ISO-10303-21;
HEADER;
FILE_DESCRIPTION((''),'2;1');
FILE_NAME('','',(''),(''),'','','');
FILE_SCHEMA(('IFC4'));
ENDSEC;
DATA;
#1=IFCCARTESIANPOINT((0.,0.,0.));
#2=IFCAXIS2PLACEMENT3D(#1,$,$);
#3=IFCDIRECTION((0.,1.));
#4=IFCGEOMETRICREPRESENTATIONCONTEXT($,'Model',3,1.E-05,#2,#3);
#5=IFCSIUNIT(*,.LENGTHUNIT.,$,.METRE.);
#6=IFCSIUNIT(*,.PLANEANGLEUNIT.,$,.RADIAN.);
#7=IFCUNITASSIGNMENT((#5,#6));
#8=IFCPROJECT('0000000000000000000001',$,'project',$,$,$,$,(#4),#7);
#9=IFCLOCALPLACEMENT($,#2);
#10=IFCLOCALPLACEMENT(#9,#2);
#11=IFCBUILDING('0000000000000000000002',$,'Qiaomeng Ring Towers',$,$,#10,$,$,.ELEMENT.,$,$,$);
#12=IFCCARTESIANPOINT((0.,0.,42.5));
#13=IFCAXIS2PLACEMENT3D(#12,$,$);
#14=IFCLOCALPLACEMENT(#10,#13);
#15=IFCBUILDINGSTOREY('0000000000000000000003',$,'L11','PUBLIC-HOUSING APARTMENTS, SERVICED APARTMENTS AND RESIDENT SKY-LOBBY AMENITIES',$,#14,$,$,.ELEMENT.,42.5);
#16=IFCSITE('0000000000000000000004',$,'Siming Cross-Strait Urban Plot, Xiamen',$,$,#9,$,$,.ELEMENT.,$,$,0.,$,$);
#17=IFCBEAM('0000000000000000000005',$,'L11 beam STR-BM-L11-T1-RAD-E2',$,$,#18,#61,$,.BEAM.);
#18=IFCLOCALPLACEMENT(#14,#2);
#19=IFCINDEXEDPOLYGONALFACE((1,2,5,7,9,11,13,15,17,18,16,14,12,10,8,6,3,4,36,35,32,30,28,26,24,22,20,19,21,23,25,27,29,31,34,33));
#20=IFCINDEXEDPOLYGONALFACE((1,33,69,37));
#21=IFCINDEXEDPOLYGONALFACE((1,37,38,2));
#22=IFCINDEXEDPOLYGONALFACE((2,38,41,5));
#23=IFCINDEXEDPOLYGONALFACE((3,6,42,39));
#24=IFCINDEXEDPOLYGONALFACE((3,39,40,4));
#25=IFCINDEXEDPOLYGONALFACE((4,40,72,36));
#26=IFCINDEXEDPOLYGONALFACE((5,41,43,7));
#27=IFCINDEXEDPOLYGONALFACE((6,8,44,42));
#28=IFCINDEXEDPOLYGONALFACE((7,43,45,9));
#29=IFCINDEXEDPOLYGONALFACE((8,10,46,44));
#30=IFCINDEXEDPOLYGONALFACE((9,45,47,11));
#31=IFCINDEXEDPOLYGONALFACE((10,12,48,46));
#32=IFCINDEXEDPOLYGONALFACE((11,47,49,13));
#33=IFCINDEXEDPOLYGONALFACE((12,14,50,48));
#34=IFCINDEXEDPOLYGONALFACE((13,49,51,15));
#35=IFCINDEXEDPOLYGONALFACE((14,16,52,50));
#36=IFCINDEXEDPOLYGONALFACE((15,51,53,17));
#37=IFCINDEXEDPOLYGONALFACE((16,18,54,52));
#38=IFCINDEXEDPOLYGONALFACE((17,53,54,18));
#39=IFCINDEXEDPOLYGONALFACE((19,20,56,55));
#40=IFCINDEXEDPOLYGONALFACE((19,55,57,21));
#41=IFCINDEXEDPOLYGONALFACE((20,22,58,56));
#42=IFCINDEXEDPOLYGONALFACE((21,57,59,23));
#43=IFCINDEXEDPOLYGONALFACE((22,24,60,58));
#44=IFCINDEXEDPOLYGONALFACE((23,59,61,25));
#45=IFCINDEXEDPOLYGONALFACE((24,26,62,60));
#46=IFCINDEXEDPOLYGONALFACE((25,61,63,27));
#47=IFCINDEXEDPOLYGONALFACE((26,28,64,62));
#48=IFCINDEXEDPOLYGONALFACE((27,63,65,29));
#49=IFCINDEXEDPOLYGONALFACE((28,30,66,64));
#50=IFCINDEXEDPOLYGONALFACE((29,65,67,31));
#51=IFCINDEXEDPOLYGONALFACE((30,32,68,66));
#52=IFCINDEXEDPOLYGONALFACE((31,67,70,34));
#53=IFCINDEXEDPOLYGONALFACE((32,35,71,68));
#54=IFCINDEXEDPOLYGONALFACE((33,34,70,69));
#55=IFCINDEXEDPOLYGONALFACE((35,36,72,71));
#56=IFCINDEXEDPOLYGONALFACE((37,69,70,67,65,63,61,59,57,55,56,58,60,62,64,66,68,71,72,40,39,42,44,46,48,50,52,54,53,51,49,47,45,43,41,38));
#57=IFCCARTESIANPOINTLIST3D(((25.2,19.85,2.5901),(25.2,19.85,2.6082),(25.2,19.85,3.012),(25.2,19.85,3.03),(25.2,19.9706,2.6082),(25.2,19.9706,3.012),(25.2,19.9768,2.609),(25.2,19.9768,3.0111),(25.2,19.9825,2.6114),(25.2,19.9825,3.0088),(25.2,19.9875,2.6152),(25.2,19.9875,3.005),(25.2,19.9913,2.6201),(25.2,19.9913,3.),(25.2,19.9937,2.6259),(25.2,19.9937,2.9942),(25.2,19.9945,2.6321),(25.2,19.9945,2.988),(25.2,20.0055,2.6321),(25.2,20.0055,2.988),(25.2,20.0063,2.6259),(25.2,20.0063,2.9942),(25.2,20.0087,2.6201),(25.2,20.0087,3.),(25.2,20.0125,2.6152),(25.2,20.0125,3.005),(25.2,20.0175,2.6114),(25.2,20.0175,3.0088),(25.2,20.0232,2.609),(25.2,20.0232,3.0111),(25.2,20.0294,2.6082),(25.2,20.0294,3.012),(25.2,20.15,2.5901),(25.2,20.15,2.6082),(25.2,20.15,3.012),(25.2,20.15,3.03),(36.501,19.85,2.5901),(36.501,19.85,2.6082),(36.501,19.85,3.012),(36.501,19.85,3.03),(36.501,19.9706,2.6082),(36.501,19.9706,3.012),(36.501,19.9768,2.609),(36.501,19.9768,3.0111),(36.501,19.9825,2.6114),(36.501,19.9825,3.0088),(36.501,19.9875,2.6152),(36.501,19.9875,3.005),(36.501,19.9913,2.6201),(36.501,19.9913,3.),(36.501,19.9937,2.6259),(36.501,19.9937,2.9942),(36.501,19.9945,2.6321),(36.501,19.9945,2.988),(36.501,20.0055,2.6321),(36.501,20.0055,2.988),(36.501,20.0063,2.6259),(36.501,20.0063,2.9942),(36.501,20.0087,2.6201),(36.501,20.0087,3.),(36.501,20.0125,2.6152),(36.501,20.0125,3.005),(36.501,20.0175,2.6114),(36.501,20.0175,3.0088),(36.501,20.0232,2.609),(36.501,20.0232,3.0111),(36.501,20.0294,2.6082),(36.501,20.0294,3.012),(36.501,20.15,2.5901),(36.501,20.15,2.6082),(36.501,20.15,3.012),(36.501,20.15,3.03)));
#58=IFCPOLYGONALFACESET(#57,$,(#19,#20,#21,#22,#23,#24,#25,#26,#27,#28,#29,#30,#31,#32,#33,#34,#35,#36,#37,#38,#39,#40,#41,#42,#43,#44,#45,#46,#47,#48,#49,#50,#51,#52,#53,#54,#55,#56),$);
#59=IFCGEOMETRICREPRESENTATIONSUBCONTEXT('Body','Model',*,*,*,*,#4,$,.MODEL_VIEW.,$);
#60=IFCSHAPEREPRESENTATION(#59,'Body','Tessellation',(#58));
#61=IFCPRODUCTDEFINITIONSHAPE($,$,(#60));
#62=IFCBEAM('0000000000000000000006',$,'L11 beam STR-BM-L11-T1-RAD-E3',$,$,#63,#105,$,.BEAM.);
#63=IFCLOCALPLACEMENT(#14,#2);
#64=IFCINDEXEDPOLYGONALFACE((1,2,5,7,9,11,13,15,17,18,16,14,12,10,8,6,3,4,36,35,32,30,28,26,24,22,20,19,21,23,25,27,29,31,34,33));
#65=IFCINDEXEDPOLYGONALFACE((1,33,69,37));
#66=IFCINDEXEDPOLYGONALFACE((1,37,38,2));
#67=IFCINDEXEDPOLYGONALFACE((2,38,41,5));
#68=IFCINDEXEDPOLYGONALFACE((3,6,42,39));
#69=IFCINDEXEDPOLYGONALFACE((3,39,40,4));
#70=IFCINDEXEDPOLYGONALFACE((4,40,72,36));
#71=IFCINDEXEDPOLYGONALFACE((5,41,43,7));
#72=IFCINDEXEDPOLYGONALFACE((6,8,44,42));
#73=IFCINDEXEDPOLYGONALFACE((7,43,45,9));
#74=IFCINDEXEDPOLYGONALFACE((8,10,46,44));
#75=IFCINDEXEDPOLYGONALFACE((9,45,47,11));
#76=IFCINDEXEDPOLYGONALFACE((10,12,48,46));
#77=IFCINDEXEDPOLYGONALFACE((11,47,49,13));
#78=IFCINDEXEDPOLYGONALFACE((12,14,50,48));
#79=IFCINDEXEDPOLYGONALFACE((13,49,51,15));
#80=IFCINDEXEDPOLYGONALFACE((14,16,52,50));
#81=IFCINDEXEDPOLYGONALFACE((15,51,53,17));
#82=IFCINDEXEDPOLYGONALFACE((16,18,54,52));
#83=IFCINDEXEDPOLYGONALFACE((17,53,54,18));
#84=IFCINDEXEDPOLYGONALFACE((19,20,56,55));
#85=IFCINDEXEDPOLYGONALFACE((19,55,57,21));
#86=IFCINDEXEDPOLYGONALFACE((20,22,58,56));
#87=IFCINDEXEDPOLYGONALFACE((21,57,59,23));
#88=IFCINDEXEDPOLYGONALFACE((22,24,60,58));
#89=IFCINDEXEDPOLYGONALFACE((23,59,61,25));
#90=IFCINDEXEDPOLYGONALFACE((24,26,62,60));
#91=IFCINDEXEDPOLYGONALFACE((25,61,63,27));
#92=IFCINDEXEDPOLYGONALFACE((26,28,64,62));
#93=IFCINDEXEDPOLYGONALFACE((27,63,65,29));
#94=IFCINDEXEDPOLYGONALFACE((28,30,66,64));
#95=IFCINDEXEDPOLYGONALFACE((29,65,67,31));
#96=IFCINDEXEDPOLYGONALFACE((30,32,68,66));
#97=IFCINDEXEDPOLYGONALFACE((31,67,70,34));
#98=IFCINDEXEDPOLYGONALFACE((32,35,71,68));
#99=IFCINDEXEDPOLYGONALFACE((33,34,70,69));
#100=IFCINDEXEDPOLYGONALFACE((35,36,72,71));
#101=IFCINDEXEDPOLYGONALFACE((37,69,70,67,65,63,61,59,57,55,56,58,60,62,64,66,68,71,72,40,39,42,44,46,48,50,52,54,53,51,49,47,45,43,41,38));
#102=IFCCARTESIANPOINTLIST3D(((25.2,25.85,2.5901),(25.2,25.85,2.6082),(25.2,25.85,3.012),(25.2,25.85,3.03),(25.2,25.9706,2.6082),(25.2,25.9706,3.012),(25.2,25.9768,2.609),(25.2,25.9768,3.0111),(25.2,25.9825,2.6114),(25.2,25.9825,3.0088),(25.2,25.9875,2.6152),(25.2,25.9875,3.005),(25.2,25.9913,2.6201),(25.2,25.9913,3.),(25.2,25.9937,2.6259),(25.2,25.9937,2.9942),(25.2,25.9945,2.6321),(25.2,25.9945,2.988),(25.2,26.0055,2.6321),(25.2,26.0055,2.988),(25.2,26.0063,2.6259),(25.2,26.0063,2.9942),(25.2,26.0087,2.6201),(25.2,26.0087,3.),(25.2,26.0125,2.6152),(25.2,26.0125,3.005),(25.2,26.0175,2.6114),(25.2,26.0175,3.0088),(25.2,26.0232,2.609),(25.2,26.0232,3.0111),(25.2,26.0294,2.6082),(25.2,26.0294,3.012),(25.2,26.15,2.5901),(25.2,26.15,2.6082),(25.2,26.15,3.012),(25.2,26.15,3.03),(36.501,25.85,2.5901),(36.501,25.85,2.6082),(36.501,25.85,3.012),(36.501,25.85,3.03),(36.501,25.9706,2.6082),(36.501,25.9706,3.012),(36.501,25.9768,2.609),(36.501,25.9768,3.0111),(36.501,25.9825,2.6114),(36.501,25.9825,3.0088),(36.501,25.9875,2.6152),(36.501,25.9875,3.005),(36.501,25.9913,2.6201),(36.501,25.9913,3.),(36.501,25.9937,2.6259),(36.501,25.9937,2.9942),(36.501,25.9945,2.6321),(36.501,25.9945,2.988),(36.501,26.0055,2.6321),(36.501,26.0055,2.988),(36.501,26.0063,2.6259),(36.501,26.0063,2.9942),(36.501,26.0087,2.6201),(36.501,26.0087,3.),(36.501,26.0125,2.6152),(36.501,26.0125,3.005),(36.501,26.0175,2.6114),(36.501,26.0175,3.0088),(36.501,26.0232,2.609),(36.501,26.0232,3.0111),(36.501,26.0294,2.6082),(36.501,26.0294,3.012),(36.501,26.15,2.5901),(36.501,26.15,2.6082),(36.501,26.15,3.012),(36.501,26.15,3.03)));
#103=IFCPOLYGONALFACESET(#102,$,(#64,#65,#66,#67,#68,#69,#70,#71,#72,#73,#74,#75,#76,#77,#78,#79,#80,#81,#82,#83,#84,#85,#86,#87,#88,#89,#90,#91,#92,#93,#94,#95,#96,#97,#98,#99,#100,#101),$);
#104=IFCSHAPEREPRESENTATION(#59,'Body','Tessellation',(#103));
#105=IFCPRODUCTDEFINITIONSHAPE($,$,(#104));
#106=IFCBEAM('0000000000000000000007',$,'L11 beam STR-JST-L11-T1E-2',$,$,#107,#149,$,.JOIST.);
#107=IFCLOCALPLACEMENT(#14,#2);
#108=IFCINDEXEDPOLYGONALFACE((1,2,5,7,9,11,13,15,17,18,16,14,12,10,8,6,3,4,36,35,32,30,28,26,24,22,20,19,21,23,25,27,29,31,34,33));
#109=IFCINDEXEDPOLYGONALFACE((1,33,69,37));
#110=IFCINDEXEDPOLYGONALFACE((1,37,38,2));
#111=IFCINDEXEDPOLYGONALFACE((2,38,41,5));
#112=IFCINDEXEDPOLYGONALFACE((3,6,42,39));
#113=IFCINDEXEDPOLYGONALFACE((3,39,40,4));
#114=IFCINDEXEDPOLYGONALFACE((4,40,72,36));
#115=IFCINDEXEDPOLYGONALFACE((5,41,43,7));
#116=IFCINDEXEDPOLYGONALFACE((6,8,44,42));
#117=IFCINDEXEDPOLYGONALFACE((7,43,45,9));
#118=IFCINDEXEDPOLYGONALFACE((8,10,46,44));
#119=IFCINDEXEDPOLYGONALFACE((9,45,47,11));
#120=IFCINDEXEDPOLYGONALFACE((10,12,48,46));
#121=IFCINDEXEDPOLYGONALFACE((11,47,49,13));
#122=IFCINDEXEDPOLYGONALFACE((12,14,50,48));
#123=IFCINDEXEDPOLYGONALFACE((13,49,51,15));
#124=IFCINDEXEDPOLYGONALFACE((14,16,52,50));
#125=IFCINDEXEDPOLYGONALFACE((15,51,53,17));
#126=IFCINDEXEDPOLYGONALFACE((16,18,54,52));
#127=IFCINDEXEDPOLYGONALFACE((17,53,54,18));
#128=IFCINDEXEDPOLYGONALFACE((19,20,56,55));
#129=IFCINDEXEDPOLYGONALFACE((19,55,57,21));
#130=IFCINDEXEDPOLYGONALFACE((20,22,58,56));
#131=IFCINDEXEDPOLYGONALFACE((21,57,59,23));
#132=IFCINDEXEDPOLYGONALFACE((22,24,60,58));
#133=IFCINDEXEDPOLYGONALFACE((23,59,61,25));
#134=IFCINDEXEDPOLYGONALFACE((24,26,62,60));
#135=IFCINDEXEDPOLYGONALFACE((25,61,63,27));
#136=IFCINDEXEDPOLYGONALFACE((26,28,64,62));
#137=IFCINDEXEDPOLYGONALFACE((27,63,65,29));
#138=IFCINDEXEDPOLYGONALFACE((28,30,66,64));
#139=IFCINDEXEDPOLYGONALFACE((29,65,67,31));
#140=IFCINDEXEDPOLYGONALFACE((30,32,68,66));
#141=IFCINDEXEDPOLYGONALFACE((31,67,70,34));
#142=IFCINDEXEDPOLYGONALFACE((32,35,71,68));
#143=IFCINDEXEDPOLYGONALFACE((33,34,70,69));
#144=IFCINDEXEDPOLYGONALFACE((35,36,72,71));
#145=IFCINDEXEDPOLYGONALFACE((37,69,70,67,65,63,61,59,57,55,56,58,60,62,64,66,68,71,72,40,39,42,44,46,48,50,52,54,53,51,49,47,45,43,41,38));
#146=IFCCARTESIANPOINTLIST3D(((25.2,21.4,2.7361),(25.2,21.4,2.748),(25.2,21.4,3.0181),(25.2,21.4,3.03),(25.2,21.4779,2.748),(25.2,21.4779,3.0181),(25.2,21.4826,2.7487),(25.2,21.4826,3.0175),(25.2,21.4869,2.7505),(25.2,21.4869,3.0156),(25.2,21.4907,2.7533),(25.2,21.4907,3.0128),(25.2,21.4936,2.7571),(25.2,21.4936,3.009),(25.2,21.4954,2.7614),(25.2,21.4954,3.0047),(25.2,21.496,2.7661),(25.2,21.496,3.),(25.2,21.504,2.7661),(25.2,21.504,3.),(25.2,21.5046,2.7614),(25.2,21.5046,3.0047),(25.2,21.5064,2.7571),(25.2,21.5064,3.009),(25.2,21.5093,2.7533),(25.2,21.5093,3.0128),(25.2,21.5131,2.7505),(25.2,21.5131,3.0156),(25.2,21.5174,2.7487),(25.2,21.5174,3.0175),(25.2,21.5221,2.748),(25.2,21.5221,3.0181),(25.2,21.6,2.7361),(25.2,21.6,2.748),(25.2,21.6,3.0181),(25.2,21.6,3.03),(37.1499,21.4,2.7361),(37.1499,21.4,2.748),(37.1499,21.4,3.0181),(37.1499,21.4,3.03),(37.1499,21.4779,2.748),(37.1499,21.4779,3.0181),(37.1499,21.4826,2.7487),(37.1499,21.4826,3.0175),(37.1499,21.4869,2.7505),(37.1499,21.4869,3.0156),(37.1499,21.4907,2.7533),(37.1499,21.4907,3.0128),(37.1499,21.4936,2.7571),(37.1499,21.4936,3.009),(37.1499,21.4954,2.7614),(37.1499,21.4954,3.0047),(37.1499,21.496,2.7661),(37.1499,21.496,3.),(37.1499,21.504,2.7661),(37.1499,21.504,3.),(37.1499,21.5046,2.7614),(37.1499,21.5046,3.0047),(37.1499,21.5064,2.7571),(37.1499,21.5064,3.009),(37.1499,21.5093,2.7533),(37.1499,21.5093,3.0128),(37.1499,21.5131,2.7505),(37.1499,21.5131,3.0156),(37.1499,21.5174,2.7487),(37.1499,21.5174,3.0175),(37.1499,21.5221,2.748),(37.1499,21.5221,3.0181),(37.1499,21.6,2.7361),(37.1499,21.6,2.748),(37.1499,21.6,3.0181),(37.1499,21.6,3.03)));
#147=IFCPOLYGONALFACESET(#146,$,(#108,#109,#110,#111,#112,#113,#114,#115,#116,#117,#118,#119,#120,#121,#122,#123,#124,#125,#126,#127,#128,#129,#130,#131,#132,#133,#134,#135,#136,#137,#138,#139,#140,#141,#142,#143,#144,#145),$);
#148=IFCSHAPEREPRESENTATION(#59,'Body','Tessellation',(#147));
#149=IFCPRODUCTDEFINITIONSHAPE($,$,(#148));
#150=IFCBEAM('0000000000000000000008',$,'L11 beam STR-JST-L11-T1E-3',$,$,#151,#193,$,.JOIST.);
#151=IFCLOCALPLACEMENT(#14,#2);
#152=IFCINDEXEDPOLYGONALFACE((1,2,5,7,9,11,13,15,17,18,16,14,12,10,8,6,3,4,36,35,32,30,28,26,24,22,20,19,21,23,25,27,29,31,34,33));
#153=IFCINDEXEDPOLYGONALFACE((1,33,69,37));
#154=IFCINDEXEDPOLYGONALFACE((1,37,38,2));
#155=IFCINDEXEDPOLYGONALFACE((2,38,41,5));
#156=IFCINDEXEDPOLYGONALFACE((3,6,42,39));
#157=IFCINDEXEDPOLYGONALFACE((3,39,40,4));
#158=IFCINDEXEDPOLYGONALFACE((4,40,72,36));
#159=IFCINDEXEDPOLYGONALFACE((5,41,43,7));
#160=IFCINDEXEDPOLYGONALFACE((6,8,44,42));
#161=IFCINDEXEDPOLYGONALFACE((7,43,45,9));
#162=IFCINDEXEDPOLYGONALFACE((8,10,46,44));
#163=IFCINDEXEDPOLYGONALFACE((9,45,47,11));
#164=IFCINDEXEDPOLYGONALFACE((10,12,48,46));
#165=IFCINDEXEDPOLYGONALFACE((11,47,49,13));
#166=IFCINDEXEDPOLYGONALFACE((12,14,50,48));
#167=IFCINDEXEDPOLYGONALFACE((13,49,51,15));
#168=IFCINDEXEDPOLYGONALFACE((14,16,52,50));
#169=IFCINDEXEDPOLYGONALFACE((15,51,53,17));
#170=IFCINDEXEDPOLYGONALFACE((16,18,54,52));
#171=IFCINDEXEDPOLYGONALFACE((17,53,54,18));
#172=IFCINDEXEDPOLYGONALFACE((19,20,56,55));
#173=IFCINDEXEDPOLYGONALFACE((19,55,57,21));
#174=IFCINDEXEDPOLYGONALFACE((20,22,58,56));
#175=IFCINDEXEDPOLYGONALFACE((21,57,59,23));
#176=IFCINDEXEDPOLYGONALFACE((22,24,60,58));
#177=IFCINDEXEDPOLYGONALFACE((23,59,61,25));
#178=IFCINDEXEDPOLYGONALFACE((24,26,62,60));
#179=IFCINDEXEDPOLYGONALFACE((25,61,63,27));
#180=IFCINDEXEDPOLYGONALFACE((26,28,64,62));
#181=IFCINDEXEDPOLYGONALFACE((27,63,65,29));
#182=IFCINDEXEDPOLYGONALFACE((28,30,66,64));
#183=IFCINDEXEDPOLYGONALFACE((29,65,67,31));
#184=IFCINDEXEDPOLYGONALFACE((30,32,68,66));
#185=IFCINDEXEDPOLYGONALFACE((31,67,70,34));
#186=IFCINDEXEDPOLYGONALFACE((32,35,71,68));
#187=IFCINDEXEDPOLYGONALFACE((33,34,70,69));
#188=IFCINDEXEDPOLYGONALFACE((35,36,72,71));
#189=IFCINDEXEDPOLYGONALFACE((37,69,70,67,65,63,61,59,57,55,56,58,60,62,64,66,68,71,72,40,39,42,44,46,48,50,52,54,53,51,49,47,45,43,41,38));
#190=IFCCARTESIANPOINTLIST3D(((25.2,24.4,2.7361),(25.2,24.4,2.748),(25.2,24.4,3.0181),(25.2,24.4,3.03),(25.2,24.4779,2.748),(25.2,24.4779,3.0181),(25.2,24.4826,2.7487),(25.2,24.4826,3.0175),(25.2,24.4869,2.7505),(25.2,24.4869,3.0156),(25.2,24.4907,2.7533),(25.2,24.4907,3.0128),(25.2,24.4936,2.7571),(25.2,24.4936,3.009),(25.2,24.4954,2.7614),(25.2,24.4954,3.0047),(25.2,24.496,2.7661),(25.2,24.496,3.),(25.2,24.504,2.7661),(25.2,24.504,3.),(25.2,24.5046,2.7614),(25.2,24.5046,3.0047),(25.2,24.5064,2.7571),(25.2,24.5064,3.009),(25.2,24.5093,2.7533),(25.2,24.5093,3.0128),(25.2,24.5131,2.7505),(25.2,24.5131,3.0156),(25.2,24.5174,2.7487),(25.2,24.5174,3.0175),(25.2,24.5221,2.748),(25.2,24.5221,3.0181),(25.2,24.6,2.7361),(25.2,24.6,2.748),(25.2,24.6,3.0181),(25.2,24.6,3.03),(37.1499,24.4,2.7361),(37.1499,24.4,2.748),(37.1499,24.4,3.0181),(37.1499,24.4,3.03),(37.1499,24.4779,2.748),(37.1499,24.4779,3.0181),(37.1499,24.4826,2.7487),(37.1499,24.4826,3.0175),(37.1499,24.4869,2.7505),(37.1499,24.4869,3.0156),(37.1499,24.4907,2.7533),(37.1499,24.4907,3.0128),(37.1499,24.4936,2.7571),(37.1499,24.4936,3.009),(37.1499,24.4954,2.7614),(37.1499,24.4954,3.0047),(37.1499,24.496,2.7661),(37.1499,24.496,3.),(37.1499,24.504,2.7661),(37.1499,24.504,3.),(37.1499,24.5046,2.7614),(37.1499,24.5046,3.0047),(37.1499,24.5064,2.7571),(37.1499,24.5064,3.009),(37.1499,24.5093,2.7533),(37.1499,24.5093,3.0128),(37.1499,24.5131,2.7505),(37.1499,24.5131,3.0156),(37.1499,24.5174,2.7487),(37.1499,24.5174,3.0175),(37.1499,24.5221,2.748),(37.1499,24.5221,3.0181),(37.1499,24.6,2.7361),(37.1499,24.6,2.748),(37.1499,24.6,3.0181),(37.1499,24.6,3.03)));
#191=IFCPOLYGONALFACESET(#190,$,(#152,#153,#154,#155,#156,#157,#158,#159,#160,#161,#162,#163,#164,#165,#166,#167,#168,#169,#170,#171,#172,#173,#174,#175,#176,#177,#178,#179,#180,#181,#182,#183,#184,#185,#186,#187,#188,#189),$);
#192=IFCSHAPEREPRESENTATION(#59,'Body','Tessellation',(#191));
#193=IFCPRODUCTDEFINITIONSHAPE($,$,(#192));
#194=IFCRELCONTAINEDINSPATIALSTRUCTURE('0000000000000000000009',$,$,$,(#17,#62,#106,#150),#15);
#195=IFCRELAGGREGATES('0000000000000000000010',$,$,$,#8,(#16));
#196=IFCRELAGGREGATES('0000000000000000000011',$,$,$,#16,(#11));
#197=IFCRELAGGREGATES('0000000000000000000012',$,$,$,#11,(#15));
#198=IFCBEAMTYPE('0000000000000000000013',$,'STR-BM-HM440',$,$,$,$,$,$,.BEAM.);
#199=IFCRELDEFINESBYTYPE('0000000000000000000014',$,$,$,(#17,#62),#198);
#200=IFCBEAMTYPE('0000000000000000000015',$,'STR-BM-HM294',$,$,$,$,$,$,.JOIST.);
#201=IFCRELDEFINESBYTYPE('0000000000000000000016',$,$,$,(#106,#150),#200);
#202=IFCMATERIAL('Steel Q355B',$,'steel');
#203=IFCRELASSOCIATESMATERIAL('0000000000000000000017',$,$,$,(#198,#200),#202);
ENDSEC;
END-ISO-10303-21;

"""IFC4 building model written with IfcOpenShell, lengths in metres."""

from ifc_helpers import new_model, si_unit, direction, frame, origin, origin_2d, place, context, subcontext, project, spatial, i_section, extrude, source, transform, mapped, material, material_profile, profile_set, type_object, element, save


model = new_model("IFC4")

# Units and contexts
model_context = context("Model", 3, precision=1e-05, world=origin(), true_north=direction((0.0, 1.0)))
body_context = subcontext(model_context, "Body", "Model", "MODEL_VIEW")
ifc_project = project(units=[si_unit("LENGTHUNIT", "METRE"), si_unit("PLANEANGLEUNIT", "RADIAN")], contexts=[model_context])

# Site, building, storey
site_placement = place(None, origin())
site = spatial("IfcSite", under=ifc_project, at=site_placement, Name="Siming Cross-Strait Urban Plot, Xiamen", CompositionType="ELEMENT", RefElevation=0.0)
building_placement = place(site_placement, origin())
building = spatial("IfcBuilding", under=site, at=building_placement, Name="Qiaomeng Ring Towers", CompositionType="ELEMENT")
storey_placement = place(building_placement, frame((0.0, 0.0, 42.5)))
storey = spatial("IfcBuildingStorey", under=building, at=storey_placement, Name="L11", Description="PUBLIC-HOUSING APARTMENTS, SERVICED APARTMENTS AND RESIDENT SKY-LOBBY AMENITIES", CompositionType="ELEMENT", Elevation=42.5)

# Beams
ifc_material_1 = material(Name="Steel Q355B", Category="steel")
ifc_material_profile_1 = material_profile(ifc_material_1, i_section(OverallWidth=0.3, OverallDepth=0.4399, WebThickness=0.011, FlangeThickness=0.0181, FilletRadius=0.0239, at=origin_2d()), Name="HM 440x300x11x18")
ifc_profile_set_1 = profile_set([ifc_material_profile_1], Name="Steel Q355B")
beam_type_1 = type_object("IfcBeamType", Name="STR-BM-HM440", PredefinedType="BEAM", material=ifc_profile_set_1)
shared_shape_1 = source(origin(), body_context, "Body", "SweptSolid", [
    extrude(i_section(OverallWidth=0.3, OverallDepth=0.4399, WebThickness=0.011, FlangeThickness=0.0181, FilletRadius=0.0239, at=origin_2d()), origin(), (0.0, 0.0, 1.0), 11.301),
])
for number, where, z_axis, x_axis, name in (
    (1, (25.2, 20.0, 2.8101), (1.0, 0.0, 0.0), (0.0, 1.0, 0.0), "L11 beam STR-BM-L11-T1-RAD-E2"),
    (2, (25.2, 26.0, 2.8101), (1.0, 0.0, 0.0), (0.0, 1.0, 0.0), "L11 beam STR-BM-L11-T1-RAD-E3"),
):
    element("IfcBeam", number, at=place(storey_placement, frame(where, z_axis=z_axis, x_axis=x_axis)), inside=storey, type_object=beam_type_1, Name=name, PredefinedType="BEAM", context=body_context, shape_type="MappedRepresentation", body=[
        mapped(shared_shape_1, transform((0.0, 0.0, 0.0), x_axis=(1.0, 0.0, 0.0), y_axis=(0.0, 1.0, 0.0), z_axis=(0.0, 0.0, 1.0), scale=1.0)),
    ])
ifc_material_profile_2 = material_profile(ifc_material_1, i_section(OverallWidth=0.2, OverallDepth=0.2939, WebThickness=0.0081, FlangeThickness=0.012, FilletRadius=0.0181, at=origin_2d()), Name="HM 294x200x8x12")
ifc_profile_set_2 = profile_set([ifc_material_profile_2], Name="Steel Q355B")
beam_type_2 = type_object("IfcBeamType", Name="STR-BM-HM294", PredefinedType="JOIST", material=ifc_profile_set_2)
shared_shape_2 = source(origin(), body_context, "Body", "SweptSolid", [
    extrude(i_section(OverallWidth=0.2, OverallDepth=0.2939, WebThickness=0.0081, FlangeThickness=0.012, FilletRadius=0.0181, at=origin_2d()), origin(), (0.0, 0.0, 1.0), 11.95),
])
for number, where, z_axis, x_axis, name in (
    (3, (25.2, 21.5, 2.8831), (1.0, 0.0, 0.0), (0.0, 1.0, 0.0), "L11 beam STR-JST-L11-T1E-2"),
    (4, (25.2, 24.5, 2.8831), (1.0, 0.0, 0.0), (0.0, 1.0, 0.0), "L11 beam STR-JST-L11-T1E-3"),
):
    element("IfcBeam", number, at=place(storey_placement, frame(where, z_axis=z_axis, x_axis=x_axis)), inside=storey, type_object=beam_type_2, Name=name, PredefinedType="JOIST", context=body_context, shape_type="MappedRepresentation", body=[
        mapped(shared_shape_2, transform((0.0, 0.0, 0.0), x_axis=(1.0, 0.0, 0.0), y_axis=(0.0, 1.0, 0.0), z_axis=(0.0, 0.0, 1.0), scale=1.0)),
    ])

save(model, "model.ifc")
